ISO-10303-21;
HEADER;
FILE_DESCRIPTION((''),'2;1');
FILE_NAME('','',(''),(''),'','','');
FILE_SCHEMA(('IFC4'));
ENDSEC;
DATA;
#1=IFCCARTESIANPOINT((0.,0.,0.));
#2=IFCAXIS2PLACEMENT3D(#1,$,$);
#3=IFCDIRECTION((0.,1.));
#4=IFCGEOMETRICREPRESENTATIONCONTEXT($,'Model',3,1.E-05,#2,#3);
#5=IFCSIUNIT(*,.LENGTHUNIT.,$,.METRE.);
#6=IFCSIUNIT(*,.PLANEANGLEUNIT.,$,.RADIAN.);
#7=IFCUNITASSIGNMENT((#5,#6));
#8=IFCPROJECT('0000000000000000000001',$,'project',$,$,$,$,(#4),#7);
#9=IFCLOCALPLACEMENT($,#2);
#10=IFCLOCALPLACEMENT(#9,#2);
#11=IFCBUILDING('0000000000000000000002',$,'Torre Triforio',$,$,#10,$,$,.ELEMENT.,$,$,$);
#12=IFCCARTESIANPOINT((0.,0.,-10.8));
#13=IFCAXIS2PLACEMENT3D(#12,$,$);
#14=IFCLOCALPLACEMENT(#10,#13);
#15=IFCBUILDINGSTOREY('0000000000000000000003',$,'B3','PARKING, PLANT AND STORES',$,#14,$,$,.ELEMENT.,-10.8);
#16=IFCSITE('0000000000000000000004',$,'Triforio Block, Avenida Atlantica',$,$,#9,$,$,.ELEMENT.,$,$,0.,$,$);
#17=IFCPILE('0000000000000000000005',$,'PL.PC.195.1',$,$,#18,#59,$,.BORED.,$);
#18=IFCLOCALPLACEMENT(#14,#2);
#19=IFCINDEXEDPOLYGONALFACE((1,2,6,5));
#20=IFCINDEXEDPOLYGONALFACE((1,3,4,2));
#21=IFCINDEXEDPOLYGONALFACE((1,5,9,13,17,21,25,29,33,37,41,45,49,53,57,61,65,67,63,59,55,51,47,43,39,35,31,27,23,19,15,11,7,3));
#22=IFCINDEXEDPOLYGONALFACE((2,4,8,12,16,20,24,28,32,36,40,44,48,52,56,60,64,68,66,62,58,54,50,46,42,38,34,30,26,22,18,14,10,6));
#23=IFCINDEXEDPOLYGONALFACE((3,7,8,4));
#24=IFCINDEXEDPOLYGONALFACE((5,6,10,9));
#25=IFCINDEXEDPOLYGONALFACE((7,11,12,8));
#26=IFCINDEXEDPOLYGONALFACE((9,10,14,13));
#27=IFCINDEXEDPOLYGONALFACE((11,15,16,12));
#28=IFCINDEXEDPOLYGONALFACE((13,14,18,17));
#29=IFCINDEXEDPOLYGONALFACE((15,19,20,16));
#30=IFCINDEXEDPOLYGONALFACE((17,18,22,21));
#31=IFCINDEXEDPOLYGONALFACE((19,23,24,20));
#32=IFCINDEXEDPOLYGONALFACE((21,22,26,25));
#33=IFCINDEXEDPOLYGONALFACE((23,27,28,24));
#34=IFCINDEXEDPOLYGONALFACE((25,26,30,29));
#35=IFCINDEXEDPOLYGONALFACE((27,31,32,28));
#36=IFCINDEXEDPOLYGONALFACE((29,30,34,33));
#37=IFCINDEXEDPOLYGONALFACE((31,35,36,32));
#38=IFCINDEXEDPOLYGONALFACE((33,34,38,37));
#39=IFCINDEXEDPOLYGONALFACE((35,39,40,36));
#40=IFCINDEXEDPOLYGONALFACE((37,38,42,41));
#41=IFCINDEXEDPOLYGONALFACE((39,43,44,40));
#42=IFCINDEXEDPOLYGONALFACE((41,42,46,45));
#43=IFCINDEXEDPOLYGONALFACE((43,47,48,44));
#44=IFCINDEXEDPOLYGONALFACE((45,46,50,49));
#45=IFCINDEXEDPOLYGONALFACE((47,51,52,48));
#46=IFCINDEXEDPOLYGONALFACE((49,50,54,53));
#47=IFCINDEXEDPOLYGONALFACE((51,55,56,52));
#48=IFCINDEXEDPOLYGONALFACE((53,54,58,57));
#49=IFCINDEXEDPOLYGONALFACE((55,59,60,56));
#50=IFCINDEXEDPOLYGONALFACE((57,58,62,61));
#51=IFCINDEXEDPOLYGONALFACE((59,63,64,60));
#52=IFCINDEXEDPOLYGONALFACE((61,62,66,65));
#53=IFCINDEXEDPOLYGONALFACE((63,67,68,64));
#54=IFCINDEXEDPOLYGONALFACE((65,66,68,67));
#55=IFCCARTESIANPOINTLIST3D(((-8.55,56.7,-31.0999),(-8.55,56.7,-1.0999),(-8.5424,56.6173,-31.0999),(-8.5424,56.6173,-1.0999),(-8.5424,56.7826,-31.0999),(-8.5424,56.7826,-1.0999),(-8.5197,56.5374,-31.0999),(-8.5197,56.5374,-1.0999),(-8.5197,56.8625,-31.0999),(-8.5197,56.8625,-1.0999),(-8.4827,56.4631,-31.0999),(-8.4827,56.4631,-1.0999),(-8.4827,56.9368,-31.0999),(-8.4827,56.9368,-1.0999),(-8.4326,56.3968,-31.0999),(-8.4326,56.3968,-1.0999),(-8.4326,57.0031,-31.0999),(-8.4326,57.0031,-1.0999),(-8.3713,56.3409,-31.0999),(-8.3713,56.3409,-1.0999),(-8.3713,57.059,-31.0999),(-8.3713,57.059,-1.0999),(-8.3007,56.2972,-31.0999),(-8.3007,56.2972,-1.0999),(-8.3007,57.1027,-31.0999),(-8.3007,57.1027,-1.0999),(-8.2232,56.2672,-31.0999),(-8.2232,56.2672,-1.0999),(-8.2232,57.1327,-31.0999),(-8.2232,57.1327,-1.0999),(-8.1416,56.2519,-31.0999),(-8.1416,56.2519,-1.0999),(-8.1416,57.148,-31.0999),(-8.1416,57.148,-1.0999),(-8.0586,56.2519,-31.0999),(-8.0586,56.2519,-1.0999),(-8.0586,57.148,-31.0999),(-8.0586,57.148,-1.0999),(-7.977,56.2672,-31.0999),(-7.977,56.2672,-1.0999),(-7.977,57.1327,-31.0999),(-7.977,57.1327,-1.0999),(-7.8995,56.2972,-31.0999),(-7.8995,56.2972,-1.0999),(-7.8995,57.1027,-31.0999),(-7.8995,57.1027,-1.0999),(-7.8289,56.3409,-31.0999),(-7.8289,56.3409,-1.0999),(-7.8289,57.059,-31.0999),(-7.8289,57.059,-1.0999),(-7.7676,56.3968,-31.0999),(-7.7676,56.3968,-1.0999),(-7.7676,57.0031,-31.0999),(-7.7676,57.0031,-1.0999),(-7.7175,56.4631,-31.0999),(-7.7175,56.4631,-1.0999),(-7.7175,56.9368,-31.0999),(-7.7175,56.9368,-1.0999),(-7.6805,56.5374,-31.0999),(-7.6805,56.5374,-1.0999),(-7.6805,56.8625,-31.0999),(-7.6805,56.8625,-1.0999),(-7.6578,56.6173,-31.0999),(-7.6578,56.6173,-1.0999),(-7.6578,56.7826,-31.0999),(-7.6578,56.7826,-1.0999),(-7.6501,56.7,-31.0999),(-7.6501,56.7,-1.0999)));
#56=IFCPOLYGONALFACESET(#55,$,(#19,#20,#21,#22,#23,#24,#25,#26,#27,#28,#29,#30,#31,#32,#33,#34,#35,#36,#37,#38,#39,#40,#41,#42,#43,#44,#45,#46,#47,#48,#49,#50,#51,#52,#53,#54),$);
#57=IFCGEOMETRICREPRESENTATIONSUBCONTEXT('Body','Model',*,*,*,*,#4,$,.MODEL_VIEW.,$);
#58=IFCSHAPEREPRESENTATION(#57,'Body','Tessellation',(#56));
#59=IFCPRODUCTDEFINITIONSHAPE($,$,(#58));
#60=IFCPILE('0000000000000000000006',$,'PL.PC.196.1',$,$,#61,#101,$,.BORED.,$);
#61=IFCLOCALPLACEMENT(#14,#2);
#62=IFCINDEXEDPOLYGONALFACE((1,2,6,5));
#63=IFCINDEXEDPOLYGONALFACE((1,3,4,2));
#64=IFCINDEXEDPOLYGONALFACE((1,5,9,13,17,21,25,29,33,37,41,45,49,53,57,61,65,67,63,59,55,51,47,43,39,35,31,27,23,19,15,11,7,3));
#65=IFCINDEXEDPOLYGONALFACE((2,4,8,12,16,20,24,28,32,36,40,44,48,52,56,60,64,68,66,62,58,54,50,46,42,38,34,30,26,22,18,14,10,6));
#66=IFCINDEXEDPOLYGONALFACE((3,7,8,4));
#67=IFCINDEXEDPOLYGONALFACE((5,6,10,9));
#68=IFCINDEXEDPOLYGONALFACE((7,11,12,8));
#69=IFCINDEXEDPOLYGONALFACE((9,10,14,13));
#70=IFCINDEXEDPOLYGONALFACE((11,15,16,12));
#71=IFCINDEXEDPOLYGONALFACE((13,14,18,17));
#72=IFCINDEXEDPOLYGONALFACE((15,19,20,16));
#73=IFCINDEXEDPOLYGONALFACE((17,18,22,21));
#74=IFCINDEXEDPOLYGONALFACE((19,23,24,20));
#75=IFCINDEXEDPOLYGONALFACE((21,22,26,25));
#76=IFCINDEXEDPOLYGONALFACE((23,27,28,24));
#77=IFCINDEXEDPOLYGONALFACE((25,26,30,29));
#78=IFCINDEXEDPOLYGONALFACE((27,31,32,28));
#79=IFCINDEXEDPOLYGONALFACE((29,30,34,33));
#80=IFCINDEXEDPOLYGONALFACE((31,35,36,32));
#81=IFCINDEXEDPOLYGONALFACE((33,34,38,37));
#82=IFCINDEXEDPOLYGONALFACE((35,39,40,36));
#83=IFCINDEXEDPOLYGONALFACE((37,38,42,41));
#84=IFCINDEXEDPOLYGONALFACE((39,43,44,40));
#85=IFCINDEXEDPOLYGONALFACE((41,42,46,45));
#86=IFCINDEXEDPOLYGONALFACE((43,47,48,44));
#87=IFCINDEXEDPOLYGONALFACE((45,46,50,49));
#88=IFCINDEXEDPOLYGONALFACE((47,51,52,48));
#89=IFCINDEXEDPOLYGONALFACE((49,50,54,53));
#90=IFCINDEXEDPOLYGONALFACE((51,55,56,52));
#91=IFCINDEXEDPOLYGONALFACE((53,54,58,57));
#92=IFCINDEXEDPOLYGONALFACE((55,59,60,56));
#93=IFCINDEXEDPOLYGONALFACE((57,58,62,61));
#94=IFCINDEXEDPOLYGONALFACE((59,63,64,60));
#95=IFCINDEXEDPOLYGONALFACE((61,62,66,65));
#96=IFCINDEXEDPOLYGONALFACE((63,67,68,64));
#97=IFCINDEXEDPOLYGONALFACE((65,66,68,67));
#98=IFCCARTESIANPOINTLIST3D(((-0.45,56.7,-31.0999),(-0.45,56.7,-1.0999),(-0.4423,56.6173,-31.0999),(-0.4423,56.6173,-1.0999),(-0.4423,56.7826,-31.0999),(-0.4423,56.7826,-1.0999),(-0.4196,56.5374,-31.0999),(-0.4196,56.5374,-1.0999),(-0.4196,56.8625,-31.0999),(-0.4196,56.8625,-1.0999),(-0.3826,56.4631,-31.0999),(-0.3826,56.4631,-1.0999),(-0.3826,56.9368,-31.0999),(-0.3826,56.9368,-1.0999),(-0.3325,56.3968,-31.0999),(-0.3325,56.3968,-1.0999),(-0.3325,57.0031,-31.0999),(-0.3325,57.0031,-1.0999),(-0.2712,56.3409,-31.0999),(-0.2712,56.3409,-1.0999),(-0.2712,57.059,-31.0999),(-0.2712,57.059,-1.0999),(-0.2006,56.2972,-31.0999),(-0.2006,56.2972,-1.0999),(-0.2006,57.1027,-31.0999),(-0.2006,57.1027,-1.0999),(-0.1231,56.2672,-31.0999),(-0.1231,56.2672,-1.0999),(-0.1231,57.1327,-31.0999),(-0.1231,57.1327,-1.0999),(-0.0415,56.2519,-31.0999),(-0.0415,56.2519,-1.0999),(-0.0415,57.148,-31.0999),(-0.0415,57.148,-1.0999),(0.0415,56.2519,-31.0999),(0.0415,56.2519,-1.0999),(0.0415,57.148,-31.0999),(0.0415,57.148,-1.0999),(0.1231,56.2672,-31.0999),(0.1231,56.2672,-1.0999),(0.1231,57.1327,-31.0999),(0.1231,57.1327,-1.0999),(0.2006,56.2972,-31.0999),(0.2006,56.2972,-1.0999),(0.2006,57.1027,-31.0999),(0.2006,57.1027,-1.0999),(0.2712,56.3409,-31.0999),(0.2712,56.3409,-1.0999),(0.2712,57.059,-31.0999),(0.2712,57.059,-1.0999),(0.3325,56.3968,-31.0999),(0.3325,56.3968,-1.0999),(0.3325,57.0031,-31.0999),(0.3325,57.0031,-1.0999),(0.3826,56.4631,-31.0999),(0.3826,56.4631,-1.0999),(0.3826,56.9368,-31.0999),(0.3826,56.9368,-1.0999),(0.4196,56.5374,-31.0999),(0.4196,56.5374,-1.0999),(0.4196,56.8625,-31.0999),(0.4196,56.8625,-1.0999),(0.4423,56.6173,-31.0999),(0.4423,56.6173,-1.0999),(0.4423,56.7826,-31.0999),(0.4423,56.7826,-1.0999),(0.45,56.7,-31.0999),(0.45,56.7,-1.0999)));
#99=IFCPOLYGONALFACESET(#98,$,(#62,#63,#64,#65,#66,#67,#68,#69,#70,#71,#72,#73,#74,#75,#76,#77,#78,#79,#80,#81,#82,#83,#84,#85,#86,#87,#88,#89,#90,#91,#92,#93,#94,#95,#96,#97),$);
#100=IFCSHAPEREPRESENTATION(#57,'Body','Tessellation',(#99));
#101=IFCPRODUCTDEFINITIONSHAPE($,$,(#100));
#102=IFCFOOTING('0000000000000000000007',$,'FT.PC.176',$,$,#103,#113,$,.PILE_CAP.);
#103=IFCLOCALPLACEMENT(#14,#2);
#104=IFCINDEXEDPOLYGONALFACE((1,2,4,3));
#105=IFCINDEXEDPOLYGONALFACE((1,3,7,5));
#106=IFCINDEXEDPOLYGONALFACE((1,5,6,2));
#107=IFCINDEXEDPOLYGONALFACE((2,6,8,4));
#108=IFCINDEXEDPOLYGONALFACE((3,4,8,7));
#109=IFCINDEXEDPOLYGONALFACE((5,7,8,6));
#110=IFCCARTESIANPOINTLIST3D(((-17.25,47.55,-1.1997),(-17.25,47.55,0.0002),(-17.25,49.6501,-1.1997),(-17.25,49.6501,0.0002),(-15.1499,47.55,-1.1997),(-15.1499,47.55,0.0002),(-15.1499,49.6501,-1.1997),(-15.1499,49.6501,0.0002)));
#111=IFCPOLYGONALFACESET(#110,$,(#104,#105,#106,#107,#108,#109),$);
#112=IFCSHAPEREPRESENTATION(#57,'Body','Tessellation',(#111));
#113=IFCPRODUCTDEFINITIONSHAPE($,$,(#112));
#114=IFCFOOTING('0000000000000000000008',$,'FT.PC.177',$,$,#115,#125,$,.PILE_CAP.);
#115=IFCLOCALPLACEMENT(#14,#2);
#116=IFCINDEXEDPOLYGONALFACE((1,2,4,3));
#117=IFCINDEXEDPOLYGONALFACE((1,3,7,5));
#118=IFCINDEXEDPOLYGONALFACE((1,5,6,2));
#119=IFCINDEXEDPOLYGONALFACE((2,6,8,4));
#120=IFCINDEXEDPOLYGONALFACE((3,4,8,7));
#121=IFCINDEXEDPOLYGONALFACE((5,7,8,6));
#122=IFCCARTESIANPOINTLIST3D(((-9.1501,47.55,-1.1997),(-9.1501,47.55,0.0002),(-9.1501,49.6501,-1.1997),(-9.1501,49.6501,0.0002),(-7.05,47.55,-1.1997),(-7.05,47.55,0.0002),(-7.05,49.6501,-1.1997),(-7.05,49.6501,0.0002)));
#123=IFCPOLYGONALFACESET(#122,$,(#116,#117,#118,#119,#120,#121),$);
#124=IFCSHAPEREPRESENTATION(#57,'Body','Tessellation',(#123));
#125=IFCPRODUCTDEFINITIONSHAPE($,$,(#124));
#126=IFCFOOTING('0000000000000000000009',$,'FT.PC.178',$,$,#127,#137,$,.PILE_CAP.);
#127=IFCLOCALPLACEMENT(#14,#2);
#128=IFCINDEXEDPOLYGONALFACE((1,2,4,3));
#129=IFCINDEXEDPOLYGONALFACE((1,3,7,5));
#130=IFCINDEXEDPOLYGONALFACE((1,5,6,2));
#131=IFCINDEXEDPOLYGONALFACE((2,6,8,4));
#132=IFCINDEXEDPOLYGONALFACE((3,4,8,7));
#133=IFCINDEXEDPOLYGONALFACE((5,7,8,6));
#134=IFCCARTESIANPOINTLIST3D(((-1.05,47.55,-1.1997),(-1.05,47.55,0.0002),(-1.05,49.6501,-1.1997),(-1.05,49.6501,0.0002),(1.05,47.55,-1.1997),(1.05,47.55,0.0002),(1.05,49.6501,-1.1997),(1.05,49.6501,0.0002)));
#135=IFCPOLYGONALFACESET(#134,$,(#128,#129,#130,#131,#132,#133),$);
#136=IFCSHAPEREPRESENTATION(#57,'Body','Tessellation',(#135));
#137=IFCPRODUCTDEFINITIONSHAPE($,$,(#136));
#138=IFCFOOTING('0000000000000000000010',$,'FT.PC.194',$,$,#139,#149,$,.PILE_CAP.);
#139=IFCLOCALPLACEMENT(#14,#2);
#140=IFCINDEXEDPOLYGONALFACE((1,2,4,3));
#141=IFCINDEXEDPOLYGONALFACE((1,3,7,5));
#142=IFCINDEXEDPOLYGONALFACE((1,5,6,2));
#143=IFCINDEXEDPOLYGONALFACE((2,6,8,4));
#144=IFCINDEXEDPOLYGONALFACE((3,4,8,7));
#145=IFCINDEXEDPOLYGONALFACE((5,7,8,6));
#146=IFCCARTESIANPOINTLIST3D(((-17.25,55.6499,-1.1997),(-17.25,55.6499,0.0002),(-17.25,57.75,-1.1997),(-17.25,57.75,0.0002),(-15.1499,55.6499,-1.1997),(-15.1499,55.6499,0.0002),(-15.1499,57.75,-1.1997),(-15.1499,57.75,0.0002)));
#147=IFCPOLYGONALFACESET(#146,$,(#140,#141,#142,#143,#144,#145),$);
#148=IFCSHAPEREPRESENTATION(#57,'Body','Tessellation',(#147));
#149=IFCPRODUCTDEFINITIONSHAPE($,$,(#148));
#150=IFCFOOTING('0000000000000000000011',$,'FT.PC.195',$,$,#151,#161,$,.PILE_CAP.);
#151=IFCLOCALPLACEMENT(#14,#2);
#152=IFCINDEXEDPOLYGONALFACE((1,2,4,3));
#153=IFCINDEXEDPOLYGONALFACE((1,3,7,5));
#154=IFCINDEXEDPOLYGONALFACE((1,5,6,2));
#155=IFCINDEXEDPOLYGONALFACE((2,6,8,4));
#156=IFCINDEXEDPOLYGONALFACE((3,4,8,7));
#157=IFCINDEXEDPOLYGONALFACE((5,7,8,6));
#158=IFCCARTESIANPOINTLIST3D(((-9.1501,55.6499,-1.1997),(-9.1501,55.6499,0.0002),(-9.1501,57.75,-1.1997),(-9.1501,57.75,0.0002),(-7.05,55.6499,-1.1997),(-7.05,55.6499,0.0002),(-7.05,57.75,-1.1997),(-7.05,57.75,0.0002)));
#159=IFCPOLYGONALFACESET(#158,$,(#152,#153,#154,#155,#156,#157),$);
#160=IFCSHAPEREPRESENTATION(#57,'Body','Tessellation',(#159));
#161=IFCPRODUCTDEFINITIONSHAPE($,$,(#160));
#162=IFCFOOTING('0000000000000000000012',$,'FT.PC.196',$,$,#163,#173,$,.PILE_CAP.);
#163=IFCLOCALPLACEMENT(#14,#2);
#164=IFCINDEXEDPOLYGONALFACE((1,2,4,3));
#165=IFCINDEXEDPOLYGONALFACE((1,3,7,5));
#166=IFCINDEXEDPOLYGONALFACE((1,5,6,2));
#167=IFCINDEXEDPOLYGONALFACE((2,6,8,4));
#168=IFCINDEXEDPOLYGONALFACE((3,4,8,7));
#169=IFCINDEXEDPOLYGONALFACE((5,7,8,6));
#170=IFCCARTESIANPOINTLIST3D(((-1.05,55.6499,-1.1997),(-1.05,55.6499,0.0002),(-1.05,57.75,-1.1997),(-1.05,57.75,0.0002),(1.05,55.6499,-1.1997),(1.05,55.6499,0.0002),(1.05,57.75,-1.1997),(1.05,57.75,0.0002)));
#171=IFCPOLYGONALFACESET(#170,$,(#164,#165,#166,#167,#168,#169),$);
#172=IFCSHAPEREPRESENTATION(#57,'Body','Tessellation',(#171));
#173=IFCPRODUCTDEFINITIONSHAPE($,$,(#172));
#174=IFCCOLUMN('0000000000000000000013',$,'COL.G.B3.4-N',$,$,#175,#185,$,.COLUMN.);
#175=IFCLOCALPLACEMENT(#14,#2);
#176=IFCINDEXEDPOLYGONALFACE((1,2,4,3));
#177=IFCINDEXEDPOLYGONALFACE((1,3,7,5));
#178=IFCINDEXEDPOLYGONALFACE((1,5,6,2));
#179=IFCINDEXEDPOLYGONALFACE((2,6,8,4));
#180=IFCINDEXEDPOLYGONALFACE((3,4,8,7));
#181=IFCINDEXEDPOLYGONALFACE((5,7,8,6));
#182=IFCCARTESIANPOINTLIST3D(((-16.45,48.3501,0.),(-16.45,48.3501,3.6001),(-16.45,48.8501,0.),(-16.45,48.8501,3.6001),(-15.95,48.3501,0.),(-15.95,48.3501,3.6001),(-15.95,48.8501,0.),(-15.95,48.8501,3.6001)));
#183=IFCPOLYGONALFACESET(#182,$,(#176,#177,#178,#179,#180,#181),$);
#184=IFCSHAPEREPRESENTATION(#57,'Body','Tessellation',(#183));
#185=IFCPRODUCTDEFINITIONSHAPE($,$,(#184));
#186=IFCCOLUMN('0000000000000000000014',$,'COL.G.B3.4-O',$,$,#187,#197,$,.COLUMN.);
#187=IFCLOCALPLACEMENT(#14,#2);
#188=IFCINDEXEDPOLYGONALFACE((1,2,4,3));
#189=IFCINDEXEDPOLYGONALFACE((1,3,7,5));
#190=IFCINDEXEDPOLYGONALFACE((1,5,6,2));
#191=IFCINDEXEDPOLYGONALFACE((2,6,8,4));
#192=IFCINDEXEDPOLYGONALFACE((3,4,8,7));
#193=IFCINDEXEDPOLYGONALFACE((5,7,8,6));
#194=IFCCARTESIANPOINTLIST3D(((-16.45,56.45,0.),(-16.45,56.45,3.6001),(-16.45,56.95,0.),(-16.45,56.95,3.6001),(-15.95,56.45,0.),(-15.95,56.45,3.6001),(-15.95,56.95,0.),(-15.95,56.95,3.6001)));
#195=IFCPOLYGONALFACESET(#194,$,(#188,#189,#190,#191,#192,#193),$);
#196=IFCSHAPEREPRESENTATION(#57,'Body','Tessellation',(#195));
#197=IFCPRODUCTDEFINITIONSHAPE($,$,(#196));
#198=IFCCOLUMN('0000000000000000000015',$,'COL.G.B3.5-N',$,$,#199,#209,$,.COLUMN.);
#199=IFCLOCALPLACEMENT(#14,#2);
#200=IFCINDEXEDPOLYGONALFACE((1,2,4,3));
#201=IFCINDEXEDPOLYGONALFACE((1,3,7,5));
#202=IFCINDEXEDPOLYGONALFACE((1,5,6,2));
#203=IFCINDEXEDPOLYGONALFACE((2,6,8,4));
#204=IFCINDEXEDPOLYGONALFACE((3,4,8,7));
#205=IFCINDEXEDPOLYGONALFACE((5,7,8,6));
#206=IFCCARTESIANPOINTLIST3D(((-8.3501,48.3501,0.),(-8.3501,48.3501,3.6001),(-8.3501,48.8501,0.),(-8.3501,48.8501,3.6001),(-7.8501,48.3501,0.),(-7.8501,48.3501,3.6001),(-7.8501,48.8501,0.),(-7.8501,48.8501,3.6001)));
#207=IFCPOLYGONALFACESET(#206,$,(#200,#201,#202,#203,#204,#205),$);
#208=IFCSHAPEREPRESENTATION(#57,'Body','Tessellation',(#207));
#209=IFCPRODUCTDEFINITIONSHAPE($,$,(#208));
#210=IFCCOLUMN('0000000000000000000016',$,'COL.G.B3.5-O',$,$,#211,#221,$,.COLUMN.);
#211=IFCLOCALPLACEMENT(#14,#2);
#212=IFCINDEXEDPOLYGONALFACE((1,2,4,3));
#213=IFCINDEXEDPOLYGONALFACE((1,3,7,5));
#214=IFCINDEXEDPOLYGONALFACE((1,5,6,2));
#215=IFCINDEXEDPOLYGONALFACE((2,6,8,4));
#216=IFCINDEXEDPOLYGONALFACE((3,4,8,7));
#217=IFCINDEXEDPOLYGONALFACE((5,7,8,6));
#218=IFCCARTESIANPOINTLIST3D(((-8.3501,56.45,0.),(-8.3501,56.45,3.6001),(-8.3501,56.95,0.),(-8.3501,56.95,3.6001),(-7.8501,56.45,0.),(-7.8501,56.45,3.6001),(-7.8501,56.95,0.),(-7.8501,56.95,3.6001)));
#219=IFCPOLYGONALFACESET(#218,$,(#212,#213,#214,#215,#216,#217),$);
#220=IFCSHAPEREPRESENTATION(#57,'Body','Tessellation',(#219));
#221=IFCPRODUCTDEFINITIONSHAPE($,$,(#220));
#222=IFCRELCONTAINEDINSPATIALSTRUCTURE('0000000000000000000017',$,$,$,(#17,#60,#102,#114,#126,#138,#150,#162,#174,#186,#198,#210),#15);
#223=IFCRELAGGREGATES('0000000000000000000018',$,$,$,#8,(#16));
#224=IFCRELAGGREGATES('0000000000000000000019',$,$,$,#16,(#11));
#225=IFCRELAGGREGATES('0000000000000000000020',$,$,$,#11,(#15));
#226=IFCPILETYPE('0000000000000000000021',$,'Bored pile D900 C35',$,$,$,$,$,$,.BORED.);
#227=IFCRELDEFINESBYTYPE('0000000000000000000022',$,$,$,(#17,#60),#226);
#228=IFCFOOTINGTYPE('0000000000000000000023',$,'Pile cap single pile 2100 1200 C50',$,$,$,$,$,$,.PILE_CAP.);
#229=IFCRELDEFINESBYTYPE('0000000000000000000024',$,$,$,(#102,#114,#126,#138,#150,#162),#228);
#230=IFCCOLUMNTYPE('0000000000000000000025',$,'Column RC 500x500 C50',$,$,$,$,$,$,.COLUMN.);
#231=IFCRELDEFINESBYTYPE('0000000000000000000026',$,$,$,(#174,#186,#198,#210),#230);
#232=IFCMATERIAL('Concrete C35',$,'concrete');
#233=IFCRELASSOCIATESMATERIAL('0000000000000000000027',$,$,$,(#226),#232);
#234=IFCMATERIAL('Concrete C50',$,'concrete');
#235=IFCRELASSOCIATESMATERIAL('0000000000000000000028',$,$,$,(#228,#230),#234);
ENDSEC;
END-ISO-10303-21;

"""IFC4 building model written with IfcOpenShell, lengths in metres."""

from ifc_helpers import new_model, si_unit, direction, frame, origin, origin_2d, place, context, subcontext, project, spatial, rectangle, circle, extrude, material, material_profile, profile_set, type_object, element, save


model = new_model("IFC4")

# Units and contexts
model_context = context("Model", 3, precision=1e-05, world=origin(), true_north=direction((0.0, 1.0)))
body_context = subcontext(model_context, "Body", "Model", "MODEL_VIEW")
ifc_project = project(units=[si_unit("LENGTHUNIT", "METRE"), si_unit("PLANEANGLEUNIT", "RADIAN")], contexts=[model_context])

# Site, building, storey
site_placement = place(None, origin())
site = spatial("IfcSite", under=ifc_project, at=site_placement, Name="Triforio Block, Avenida Atlantica", CompositionType="ELEMENT", RefElevation=0.0)
building_placement = place(site_placement, origin())
building = spatial("IfcBuilding", under=site, at=building_placement, Name="Torre Triforio", CompositionType="ELEMENT")
storey_placement = place(building_placement, frame((0.0, 0.0, -10.8)))
storey = spatial("IfcBuildingStorey", under=building, at=storey_placement, Name="B3", Description="PARKING, PLANT AND STORES", CompositionType="ELEMENT", Elevation=-10.8)

# Piles
ifc_material_1 = material(Name="Concrete C35", Category="concrete")
ifc_material_profile_1 = material_profile(ifc_material_1, circle(Radius=0.45, at=origin_2d()), Name="RC D900")
ifc_profile_set_1 = profile_set([ifc_material_profile_1], Name="Concrete C35")
pile_type = type_object("IfcPileType", Name="Bored pile D900 C35", PredefinedType="BORED", material=ifc_profile_set_1)
for number, where, z_axis, x_axis, name in (
    (1, (-8.1001, 56.7, -1.0999), (0.0, 0.0, -1.0), (1.0, 0.0, 0.0), "PL.PC.195.1"),
    (2, (0.0, 56.7, -1.0999), (0.0, 0.0, -1.0), (1.0, 0.0, 0.0), "PL.PC.196.1"),
):
    element("IfcPile", number, at=place(storey_placement, frame(where, z_axis=z_axis, x_axis=x_axis)), inside=storey, type_object=pile_type, Name=name, PredefinedType="BORED", context=body_context, shape_type="SweptSolid", body=[
        extrude(circle(Radius=0.45, at=origin_2d()), origin(), (0.0, 0.0, 1.0), 30.0),
    ])

# Footings
ifc_material_2 = material(Name="Concrete C50", Category="concrete")
footing_type = type_object("IfcFootingType", Name="Pile cap single pile 2100 1200 C50", PredefinedType="PILE_CAP", material=ifc_material_2)
for number, where, z_axis, x_axis, name in (
    (3, (-16.2, 48.6001, -1.1997), (0.0, 0.0, 1.0), (1.0, 0.0, 0.0), "FT.PC.176"),
    (4, (-8.1001, 48.6001, -1.1997), (0.0, 0.0, 1.0), (1.0, 0.0, 0.0), "FT.PC.177"),
    (5, (0.0, 48.6001, -1.1997), (0.0, 0.0, 1.0), (1.0, 0.0, 0.0), "FT.PC.178"),
    (6, (-16.2, 56.7, -1.1997), (0.0, 0.0, 1.0), (1.0, 0.0, 0.0), "FT.PC.194"),
    (7, (-8.1001, 56.7, -1.1997), (0.0, 0.0, 1.0), (1.0, 0.0, 0.0), "FT.PC.195"),
    (8, (0.0, 56.7, -1.1997), (0.0, 0.0, 1.0), (1.0, 0.0, 0.0), "FT.PC.196"),
):
    element("IfcFooting", number, at=place(storey_placement, frame(where, z_axis=z_axis, x_axis=x_axis)), inside=storey, type_object=footing_type, Name=name, PredefinedType="PILE_CAP", context=body_context, shape_type="SweptSolid", body=[
        extrude(rectangle(XDim=2.1001, YDim=2.1001, at=origin_2d()), origin(), (0.0, 0.0, 1.0), 1.2),
    ])

# Columns
ifc_material_profile_2 = material_profile(ifc_material_2, rectangle(XDim=0.5, YDim=0.5, at=origin_2d()), Name="RC 500x500")
ifc_profile_set_2 = profile_set([ifc_material_profile_2], Name="Concrete C50")
column_type = type_object("IfcColumnType", Name="Column RC 500x500 C50", PredefinedType="COLUMN", material=ifc_profile_set_2)
for number, where, z_axis, x_axis, name in (
    (9, (-16.2, 48.6001, 0.0), (0.0, 0.0, 1.0), (1.0, 0.0, 0.0), "COL.G.B3.4-N"),
    (10, (-16.2, 56.7, 0.0), (0.0, 0.0, 1.0), (1.0, 0.0, 0.0), "COL.G.B3.4-O"),
    (11, (-8.1001, 48.6001, 0.0), (0.0, 0.0, 1.0), (1.0, 0.0, 0.0), "COL.G.B3.5-N"),
    (12, (-8.1001, 56.7, 0.0), (0.0, 0.0, 1.0), (1.0, 0.0, 0.0), "COL.G.B3.5-O"),
):
    element("IfcColumn", number, at=place(storey_placement, frame(where, z_axis=z_axis, x_axis=x_axis)), inside=storey, type_object=column_type, Name=name, PredefinedType="COLUMN", context=body_context, shape_type="SweptSolid", body=[
        extrude(rectangle(XDim=0.5, YDim=0.5, at=origin_2d()), origin(), (0.0, 0.0, 1.0), 3.6001),
    ])

save(model, "model.ifc")
